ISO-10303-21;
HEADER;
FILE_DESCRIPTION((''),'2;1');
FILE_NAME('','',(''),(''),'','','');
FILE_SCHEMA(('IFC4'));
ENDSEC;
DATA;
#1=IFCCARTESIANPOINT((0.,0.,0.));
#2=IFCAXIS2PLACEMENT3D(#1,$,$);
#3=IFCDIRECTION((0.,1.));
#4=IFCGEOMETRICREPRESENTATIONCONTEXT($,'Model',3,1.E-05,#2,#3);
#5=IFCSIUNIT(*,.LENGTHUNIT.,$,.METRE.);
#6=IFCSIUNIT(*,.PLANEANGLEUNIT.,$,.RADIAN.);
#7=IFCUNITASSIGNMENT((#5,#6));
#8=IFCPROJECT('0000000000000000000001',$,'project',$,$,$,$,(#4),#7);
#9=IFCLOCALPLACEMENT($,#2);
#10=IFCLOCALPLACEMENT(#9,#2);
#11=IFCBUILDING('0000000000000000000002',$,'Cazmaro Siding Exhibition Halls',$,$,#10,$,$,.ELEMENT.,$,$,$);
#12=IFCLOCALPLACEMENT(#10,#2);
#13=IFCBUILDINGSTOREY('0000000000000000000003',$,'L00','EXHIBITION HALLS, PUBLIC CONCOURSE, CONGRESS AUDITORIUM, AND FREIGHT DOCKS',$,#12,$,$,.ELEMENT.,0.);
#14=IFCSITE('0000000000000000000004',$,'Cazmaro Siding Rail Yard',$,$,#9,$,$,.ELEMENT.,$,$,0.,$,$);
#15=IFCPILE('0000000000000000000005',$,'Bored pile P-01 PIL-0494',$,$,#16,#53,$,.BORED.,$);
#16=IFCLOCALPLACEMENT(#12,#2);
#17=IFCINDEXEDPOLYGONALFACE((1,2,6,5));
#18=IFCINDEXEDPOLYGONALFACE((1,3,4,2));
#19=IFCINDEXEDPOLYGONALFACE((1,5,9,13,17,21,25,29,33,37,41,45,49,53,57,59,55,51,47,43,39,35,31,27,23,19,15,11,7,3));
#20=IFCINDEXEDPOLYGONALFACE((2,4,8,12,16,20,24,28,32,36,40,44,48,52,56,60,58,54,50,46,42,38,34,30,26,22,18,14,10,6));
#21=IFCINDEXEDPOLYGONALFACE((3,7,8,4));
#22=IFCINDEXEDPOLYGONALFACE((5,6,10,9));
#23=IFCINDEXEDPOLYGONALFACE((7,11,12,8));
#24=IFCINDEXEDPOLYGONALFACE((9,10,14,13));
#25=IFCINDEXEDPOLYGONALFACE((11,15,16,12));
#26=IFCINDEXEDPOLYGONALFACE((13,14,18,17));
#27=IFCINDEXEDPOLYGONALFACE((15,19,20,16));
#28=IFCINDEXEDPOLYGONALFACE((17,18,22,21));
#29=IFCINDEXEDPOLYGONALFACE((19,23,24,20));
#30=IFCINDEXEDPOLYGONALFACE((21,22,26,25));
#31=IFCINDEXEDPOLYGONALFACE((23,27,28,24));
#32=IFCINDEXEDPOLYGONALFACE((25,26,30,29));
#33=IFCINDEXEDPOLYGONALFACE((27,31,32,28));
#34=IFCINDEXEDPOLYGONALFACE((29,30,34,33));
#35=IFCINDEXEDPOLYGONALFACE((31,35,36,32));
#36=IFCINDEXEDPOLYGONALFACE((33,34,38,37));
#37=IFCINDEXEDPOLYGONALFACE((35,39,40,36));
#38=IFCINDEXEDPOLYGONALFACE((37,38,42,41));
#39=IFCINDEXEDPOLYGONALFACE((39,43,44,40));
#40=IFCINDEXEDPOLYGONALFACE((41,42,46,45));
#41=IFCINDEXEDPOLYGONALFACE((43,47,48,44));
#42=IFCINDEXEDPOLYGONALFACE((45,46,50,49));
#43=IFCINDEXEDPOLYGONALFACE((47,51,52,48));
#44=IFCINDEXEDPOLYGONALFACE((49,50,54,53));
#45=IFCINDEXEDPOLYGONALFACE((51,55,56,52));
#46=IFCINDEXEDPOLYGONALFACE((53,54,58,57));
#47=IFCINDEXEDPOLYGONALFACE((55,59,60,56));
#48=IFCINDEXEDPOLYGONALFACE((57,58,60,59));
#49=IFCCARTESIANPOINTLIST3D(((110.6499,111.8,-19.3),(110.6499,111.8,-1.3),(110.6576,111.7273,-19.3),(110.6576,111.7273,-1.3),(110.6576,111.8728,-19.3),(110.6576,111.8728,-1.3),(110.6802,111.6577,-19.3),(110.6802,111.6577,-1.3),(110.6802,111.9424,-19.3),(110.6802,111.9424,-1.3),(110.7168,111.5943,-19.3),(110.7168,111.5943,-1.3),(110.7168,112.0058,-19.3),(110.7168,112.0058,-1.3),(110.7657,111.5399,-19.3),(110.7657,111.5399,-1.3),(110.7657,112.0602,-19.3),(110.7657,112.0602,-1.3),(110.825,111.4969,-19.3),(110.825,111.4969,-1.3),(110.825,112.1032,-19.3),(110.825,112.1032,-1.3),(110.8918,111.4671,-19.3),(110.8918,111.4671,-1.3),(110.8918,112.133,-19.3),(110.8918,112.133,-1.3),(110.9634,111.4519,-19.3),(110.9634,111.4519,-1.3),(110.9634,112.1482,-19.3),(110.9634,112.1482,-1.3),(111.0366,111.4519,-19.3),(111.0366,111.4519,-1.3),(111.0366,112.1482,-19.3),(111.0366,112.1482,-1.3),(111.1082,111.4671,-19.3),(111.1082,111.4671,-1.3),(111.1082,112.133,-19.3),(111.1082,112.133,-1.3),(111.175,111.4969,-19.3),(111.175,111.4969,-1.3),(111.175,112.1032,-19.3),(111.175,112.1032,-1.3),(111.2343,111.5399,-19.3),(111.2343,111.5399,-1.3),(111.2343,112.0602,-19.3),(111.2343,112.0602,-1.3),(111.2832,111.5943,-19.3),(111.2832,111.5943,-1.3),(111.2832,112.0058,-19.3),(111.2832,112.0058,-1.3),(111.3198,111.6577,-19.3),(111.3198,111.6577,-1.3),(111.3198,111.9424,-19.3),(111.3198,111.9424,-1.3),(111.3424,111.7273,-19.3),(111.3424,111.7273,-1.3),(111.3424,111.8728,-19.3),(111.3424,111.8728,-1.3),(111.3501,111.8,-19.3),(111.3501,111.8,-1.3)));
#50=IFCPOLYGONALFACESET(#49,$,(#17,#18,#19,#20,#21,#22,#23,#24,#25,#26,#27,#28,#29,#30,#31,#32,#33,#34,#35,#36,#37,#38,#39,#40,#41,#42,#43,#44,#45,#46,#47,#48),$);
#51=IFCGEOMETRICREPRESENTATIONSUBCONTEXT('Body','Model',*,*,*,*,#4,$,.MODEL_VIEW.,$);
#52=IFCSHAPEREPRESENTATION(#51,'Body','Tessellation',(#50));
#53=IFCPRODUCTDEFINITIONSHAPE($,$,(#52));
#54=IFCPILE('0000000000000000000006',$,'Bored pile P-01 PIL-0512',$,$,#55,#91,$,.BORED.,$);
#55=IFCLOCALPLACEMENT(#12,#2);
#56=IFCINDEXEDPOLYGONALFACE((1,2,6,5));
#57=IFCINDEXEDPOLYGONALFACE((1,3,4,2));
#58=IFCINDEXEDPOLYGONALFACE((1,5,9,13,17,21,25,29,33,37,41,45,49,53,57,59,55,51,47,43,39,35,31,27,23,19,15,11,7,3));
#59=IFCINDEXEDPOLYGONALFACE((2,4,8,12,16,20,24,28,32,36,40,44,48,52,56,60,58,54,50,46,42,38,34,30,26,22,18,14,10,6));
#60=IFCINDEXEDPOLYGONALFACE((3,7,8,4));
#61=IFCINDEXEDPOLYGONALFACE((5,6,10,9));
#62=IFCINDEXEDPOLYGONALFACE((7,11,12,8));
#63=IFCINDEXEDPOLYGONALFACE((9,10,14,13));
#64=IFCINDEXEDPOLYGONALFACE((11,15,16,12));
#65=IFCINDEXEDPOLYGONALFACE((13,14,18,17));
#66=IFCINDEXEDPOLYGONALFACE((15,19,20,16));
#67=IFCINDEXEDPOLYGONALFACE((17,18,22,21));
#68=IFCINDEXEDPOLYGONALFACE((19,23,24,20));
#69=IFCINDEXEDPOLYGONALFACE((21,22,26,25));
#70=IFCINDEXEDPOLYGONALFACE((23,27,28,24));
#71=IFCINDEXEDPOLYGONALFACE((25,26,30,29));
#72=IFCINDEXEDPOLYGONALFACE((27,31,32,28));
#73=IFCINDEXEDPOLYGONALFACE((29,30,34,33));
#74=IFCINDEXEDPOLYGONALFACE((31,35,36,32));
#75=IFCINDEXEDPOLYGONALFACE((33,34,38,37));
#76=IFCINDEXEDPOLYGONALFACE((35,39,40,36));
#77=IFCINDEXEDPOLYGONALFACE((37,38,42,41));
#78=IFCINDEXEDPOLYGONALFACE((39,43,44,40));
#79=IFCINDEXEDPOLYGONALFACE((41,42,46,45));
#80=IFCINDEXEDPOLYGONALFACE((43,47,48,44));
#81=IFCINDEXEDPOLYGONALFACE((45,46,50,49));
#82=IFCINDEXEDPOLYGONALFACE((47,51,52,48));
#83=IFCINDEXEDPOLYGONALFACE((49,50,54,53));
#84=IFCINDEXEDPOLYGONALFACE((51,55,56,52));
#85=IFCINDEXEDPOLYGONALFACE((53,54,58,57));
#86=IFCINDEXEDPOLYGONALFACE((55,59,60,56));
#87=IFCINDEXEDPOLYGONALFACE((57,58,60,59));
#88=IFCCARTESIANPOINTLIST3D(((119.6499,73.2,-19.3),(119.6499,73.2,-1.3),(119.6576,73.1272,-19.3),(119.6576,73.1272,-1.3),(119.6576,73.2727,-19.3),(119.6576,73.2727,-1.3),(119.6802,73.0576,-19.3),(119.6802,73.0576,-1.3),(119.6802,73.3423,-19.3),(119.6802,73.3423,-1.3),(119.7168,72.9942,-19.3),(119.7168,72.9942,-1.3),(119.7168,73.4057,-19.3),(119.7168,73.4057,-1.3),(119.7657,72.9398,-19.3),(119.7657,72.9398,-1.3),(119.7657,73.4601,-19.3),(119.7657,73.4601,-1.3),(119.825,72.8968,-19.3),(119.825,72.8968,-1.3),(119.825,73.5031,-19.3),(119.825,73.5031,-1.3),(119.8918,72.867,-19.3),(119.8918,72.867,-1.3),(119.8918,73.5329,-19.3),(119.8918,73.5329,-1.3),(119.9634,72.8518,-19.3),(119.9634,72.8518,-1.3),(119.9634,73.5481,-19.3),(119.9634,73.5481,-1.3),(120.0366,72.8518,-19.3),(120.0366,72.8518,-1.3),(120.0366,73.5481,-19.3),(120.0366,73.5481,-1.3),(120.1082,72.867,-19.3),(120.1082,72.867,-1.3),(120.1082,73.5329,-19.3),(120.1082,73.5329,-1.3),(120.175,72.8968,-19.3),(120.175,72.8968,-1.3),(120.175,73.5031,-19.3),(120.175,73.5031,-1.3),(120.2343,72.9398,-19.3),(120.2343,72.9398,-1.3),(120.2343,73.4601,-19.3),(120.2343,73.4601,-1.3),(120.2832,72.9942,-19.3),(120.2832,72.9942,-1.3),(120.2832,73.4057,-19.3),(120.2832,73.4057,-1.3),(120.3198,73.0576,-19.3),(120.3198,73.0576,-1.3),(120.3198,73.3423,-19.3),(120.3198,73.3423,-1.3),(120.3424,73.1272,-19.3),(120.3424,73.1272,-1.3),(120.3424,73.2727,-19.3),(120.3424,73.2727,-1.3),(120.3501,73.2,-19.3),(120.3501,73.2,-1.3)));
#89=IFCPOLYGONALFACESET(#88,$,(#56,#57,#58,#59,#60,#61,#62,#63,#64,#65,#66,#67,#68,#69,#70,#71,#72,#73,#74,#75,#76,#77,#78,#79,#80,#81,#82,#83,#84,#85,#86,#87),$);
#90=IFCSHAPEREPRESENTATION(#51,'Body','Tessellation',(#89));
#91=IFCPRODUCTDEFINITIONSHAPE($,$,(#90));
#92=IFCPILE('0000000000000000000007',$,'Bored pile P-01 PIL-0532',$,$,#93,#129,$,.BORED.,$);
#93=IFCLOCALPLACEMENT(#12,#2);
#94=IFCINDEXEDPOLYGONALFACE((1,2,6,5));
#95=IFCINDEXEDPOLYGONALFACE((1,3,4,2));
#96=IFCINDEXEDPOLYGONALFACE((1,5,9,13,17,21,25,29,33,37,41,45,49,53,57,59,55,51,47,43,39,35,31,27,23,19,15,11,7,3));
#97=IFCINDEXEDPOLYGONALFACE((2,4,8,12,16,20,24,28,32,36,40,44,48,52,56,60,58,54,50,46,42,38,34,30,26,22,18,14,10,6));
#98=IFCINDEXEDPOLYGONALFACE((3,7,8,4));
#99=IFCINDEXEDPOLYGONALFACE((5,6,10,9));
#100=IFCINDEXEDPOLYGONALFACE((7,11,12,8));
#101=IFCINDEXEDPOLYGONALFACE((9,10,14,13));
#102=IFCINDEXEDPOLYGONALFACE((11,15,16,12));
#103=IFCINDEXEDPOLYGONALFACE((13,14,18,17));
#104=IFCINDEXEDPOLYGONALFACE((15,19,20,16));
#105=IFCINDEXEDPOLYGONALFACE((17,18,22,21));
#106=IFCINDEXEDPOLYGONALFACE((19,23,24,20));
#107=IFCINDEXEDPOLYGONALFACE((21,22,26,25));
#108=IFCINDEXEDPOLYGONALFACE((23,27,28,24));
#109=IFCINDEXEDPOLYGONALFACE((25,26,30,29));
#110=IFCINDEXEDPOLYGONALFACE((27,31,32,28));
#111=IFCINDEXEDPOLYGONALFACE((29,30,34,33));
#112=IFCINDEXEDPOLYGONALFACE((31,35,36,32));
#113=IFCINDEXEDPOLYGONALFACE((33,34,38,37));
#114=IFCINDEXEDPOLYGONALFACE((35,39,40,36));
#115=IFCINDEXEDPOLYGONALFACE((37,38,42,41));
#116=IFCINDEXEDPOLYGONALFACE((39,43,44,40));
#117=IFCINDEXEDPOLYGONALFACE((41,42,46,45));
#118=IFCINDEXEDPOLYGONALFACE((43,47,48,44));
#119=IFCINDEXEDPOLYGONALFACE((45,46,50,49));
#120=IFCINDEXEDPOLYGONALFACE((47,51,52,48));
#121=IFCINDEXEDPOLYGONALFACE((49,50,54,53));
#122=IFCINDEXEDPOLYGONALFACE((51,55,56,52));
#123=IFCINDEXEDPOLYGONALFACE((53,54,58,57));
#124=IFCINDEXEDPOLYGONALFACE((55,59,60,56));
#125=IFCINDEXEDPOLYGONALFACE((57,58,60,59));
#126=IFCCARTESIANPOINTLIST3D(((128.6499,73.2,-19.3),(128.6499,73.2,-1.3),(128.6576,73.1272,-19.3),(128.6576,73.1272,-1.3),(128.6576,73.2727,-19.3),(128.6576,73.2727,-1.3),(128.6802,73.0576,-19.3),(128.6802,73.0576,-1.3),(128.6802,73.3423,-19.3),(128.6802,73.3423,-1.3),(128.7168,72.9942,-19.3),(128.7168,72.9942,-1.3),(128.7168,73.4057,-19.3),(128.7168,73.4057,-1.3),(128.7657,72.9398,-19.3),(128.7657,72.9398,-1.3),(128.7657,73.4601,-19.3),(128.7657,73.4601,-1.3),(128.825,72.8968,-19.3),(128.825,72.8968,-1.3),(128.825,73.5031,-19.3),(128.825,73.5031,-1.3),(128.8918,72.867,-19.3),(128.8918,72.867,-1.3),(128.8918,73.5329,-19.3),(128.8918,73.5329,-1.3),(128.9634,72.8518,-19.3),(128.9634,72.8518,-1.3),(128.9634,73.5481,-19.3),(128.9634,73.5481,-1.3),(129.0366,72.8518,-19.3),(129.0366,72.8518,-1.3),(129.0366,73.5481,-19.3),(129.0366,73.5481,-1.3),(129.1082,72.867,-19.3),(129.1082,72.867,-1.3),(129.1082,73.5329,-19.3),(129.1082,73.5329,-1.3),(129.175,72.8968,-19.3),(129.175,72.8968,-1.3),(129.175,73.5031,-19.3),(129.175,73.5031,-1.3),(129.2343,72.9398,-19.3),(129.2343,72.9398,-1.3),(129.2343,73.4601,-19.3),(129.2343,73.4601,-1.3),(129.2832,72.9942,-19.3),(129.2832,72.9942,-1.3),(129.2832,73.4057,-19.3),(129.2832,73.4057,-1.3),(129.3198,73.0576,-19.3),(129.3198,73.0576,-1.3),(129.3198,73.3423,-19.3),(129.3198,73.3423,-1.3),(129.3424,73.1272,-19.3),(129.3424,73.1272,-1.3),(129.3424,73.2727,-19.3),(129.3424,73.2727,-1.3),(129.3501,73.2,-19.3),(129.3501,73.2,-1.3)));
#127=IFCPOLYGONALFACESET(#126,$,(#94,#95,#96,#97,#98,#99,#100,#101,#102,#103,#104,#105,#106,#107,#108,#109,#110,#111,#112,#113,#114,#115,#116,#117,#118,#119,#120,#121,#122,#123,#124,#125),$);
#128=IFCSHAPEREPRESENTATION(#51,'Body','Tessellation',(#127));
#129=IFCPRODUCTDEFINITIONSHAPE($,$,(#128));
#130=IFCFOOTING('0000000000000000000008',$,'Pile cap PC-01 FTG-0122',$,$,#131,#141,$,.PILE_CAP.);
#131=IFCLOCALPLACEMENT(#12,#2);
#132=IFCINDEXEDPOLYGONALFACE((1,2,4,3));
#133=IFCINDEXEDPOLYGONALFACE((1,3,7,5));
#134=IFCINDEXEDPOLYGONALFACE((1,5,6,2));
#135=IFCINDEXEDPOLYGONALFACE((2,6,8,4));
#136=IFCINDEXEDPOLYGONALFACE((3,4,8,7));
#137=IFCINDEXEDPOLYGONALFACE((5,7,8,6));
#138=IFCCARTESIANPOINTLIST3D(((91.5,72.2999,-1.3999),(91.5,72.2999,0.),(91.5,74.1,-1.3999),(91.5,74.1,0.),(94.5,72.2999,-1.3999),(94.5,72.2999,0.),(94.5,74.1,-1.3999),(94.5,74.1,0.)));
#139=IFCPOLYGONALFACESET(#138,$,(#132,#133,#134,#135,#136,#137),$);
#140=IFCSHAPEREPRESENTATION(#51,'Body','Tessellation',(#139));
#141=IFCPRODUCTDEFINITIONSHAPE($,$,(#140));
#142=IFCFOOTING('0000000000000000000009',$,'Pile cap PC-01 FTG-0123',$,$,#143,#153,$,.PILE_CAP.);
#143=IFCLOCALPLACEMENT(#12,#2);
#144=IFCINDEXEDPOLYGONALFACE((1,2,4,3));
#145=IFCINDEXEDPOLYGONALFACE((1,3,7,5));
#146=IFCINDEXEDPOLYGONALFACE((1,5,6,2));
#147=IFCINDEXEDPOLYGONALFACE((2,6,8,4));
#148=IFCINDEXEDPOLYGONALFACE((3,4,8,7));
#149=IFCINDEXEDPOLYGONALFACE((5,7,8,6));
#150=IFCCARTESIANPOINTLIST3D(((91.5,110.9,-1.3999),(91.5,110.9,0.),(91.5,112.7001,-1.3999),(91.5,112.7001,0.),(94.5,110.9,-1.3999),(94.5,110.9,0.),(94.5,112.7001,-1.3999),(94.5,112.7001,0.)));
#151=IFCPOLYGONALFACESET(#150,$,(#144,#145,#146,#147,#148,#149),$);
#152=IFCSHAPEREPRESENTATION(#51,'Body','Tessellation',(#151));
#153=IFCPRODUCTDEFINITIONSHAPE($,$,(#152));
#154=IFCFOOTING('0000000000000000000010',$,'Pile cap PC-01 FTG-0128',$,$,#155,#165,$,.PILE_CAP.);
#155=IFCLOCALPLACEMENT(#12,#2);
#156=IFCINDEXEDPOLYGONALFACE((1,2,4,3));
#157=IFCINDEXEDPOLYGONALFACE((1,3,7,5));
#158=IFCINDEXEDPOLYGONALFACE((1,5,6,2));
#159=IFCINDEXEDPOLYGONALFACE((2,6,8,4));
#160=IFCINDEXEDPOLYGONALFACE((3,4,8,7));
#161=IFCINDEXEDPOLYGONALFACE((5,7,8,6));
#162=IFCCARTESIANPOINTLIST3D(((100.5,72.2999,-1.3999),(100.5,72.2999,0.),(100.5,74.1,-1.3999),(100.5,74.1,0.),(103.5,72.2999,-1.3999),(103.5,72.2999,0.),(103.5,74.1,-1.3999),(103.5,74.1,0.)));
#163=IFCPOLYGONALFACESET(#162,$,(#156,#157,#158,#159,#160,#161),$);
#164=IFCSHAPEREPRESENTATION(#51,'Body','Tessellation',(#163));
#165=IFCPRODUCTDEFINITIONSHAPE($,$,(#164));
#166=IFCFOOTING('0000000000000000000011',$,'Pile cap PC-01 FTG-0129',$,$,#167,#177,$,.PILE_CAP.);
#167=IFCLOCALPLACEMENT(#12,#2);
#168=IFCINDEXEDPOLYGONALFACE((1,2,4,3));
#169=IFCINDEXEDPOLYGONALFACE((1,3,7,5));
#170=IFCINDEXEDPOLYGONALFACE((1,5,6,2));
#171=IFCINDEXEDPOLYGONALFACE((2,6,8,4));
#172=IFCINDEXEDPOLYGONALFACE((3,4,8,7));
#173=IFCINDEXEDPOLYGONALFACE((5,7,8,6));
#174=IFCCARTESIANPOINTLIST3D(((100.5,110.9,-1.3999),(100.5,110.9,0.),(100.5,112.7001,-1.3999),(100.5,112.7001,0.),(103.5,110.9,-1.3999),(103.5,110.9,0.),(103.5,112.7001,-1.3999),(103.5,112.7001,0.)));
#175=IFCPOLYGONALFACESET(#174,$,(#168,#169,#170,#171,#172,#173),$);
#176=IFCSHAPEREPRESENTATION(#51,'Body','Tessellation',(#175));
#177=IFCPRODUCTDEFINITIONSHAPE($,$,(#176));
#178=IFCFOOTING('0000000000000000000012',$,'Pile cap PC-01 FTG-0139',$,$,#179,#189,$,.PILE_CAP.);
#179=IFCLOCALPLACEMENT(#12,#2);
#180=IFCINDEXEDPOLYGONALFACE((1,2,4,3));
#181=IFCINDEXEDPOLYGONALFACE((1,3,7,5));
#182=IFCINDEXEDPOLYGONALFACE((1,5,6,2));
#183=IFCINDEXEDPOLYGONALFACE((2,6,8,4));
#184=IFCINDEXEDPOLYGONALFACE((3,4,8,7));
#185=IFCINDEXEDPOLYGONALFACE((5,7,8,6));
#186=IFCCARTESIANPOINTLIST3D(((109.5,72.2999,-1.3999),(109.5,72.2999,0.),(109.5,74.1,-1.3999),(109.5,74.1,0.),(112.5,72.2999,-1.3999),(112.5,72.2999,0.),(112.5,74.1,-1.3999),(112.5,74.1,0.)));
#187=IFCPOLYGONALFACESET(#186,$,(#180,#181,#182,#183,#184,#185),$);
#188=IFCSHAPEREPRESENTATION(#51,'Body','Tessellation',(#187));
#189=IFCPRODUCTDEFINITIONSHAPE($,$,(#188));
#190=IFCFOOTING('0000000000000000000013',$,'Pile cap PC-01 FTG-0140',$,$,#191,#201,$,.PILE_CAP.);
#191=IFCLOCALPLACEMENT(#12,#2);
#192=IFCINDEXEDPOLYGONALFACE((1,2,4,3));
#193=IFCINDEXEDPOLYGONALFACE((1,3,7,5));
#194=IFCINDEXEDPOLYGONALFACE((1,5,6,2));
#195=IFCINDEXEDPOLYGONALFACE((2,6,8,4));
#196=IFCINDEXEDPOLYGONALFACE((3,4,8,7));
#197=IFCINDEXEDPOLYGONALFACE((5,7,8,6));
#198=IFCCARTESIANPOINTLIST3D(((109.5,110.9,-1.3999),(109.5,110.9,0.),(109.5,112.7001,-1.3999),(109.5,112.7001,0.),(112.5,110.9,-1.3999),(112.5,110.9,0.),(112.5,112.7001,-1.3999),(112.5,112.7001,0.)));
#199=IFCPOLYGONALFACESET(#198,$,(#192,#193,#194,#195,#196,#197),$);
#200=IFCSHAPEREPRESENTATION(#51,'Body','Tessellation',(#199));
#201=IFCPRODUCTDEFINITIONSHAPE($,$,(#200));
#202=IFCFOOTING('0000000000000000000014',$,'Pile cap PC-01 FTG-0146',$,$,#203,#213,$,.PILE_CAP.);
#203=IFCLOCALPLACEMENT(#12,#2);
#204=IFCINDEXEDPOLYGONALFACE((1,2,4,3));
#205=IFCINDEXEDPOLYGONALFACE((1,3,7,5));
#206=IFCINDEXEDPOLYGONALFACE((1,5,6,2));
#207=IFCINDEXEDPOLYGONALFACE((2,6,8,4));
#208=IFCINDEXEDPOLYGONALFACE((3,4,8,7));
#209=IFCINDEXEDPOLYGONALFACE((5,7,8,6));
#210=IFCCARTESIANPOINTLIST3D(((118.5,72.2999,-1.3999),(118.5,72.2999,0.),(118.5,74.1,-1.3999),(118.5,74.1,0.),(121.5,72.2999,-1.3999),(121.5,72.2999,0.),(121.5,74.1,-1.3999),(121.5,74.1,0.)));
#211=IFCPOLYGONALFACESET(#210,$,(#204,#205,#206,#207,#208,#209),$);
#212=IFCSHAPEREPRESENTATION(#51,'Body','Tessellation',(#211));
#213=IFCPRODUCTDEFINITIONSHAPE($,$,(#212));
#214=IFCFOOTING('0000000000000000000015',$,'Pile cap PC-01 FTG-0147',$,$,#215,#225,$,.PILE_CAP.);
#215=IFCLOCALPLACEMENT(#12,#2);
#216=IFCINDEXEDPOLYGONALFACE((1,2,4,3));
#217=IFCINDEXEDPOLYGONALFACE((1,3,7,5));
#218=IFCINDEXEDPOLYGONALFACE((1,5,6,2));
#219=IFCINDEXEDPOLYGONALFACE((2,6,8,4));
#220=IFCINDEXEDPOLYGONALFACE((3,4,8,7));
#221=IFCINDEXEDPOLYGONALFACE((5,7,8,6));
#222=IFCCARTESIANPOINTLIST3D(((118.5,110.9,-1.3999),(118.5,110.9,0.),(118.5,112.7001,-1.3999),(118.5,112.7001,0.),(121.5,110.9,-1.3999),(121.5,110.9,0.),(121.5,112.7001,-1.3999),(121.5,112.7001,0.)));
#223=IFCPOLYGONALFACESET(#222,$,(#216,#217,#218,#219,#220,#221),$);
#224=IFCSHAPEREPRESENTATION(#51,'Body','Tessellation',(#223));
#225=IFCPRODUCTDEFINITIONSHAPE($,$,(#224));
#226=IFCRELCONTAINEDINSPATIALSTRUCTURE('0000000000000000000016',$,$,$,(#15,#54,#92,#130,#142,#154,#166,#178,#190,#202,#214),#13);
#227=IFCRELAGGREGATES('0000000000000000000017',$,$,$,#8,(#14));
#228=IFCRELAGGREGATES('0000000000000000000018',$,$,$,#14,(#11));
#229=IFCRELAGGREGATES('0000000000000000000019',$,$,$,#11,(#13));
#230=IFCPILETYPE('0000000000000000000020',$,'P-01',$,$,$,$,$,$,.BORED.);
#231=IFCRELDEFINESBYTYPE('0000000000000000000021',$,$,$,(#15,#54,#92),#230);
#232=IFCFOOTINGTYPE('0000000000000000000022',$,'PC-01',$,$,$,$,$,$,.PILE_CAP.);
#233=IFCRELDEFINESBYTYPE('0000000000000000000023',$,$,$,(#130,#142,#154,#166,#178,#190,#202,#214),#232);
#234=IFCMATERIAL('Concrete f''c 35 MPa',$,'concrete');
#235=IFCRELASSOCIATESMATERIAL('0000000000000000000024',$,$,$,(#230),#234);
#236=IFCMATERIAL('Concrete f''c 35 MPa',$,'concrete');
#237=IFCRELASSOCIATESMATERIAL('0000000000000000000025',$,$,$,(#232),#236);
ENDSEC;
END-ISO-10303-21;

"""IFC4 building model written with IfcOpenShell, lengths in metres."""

from ifc_helpers import new_model, si_unit, direction, frame, origin, origin_2d, place, context, subcontext, project, spatial, rectangle, circle, extrude, material, material_profile, profile_set, type_object, element, save


model = new_model("IFC4")

# Units and contexts
model_context = context("Model", 3, precision=1e-05, world=origin(), true_north=direction((0.0, 1.0)))
body_context = subcontext(model_context, "Body", "Model", "MODEL_VIEW")
ifc_project = project(units=[si_unit("LENGTHUNIT", "METRE"), si_unit("PLANEANGLEUNIT", "RADIAN")], contexts=[model_context])

# Site, building, storey
site_placement = place(None, origin())
site = spatial("IfcSite", under=ifc_project, at=site_placement, Name="Cazmaro Siding Rail Yard", CompositionType="ELEMENT", RefElevation=0.0)
building_placement = place(site_placement, origin())
building = spatial("IfcBuilding", under=site, at=building_placement, Name="Cazmaro Siding Exhibition Halls", CompositionType="ELEMENT")
storey_placement = place(building_placement, origin())
storey = spatial("IfcBuildingStorey", under=building, at=storey_placement, Name="L00", Description="EXHIBITION HALLS, PUBLIC CONCOURSE, CONGRESS AUDITORIUM, AND FREIGHT DOCKS", CompositionType="ELEMENT", Elevation=0.0)

# Piles
ifc_material_1 = material(Name="Concrete f'c 35 MPa", Category="concrete")
ifc_material_profile_1 = material_profile(ifc_material_1, circle(Radius=0.3501, at=origin_2d()), Name="CIDH-700")
ifc_profile_set_1 = profile_set([ifc_material_profile_1], Name="Concrete f'c 35 MPa")
pile_type = type_object("IfcPileType", Name="P-01", PredefinedType="BORED", material=ifc_profile_set_1)
for number, where, z_axis, x_axis, name in (
    (1, (111.0, 111.8, -1.3), (0.0, 0.0, -1.0), (1.0, 0.0, 0.0), "Bored pile P-01 PIL-0494"),
    (2, (120.0, 73.2, -1.3), (0.0, 0.0, -1.0), (1.0, 0.0, 0.0), "Bored pile P-01 PIL-0512"),
    (3, (129.0, 73.2, -1.3), (0.0, 0.0, -1.0), (1.0, 0.0, 0.0), "Bored pile P-01 PIL-0532"),
):
    element("IfcPile", number, at=place(storey_placement, frame(where, z_axis=z_axis, x_axis=x_axis)), inside=storey, type_object=pile_type, Name=name, PredefinedType="BORED", context=body_context, shape_type="SweptSolid", body=[
        extrude(circle(Radius=0.3501, at=origin_2d()), origin(), (0.0, 0.0, 1.0), 18.0),
    ])

# Footings
ifc_material_2 = material(Name="Concrete f'c 35 MPa", Category="concrete")
footing_type = type_object("IfcFootingType", Name="PC-01", PredefinedType="PILE_CAP", material=ifc_material_2)
for number, where, z_axis, x_axis, name in (
    (4, (93.0, 73.2, -1.3999), (0.0, 0.0, 1.0), (1.0, 0.0, 0.0), "Pile cap PC-01 FTG-0122"),
    (5, (93.0, 111.8, -1.3999), (0.0, 0.0, 1.0), (1.0, 0.0, 0.0), "Pile cap PC-01 FTG-0123"),
    (6, (102.0, 73.2, -1.3999), (0.0, 0.0, 1.0), (1.0, 0.0, 0.0), "Pile cap PC-01 FTG-0128"),
    (7, (102.0, 111.8, -1.3999), (0.0, 0.0, 1.0), (1.0, 0.0, 0.0), "Pile cap PC-01 FTG-0129"),
    (8, (111.0, 73.2, -1.3999), (0.0, 0.0, 1.0), (1.0, 0.0, 0.0), "Pile cap PC-01 FTG-0139"),
    (9, (111.0, 111.8, -1.3999), (0.0, 0.0, 1.0), (1.0, 0.0, 0.0), "Pile cap PC-01 FTG-0140"),
    (10, (120.0, 73.2, -1.3999), (0.0, 0.0, 1.0), (1.0, 0.0, 0.0), "Pile cap PC-01 FTG-0146"),
    (11, (120.0, 111.8, -1.3999), (0.0, 0.0, 1.0), (1.0, 0.0, 0.0), "Pile cap PC-01 FTG-0147"),
):
    element("IfcFooting", number, at=place(storey_placement, frame(where, z_axis=z_axis, x_axis=x_axis)), inside=storey, type_object=footing_type, Name=name, PredefinedType="PILE_CAP", context=body_context, shape_type="SweptSolid", body=[
        extrude(rectangle(XDim=3.0, YDim=1.8, at=origin_2d()), origin(), (0.0, 0.0, 1.0), 1.3999),
    ])

save(model, "model.ifc")
